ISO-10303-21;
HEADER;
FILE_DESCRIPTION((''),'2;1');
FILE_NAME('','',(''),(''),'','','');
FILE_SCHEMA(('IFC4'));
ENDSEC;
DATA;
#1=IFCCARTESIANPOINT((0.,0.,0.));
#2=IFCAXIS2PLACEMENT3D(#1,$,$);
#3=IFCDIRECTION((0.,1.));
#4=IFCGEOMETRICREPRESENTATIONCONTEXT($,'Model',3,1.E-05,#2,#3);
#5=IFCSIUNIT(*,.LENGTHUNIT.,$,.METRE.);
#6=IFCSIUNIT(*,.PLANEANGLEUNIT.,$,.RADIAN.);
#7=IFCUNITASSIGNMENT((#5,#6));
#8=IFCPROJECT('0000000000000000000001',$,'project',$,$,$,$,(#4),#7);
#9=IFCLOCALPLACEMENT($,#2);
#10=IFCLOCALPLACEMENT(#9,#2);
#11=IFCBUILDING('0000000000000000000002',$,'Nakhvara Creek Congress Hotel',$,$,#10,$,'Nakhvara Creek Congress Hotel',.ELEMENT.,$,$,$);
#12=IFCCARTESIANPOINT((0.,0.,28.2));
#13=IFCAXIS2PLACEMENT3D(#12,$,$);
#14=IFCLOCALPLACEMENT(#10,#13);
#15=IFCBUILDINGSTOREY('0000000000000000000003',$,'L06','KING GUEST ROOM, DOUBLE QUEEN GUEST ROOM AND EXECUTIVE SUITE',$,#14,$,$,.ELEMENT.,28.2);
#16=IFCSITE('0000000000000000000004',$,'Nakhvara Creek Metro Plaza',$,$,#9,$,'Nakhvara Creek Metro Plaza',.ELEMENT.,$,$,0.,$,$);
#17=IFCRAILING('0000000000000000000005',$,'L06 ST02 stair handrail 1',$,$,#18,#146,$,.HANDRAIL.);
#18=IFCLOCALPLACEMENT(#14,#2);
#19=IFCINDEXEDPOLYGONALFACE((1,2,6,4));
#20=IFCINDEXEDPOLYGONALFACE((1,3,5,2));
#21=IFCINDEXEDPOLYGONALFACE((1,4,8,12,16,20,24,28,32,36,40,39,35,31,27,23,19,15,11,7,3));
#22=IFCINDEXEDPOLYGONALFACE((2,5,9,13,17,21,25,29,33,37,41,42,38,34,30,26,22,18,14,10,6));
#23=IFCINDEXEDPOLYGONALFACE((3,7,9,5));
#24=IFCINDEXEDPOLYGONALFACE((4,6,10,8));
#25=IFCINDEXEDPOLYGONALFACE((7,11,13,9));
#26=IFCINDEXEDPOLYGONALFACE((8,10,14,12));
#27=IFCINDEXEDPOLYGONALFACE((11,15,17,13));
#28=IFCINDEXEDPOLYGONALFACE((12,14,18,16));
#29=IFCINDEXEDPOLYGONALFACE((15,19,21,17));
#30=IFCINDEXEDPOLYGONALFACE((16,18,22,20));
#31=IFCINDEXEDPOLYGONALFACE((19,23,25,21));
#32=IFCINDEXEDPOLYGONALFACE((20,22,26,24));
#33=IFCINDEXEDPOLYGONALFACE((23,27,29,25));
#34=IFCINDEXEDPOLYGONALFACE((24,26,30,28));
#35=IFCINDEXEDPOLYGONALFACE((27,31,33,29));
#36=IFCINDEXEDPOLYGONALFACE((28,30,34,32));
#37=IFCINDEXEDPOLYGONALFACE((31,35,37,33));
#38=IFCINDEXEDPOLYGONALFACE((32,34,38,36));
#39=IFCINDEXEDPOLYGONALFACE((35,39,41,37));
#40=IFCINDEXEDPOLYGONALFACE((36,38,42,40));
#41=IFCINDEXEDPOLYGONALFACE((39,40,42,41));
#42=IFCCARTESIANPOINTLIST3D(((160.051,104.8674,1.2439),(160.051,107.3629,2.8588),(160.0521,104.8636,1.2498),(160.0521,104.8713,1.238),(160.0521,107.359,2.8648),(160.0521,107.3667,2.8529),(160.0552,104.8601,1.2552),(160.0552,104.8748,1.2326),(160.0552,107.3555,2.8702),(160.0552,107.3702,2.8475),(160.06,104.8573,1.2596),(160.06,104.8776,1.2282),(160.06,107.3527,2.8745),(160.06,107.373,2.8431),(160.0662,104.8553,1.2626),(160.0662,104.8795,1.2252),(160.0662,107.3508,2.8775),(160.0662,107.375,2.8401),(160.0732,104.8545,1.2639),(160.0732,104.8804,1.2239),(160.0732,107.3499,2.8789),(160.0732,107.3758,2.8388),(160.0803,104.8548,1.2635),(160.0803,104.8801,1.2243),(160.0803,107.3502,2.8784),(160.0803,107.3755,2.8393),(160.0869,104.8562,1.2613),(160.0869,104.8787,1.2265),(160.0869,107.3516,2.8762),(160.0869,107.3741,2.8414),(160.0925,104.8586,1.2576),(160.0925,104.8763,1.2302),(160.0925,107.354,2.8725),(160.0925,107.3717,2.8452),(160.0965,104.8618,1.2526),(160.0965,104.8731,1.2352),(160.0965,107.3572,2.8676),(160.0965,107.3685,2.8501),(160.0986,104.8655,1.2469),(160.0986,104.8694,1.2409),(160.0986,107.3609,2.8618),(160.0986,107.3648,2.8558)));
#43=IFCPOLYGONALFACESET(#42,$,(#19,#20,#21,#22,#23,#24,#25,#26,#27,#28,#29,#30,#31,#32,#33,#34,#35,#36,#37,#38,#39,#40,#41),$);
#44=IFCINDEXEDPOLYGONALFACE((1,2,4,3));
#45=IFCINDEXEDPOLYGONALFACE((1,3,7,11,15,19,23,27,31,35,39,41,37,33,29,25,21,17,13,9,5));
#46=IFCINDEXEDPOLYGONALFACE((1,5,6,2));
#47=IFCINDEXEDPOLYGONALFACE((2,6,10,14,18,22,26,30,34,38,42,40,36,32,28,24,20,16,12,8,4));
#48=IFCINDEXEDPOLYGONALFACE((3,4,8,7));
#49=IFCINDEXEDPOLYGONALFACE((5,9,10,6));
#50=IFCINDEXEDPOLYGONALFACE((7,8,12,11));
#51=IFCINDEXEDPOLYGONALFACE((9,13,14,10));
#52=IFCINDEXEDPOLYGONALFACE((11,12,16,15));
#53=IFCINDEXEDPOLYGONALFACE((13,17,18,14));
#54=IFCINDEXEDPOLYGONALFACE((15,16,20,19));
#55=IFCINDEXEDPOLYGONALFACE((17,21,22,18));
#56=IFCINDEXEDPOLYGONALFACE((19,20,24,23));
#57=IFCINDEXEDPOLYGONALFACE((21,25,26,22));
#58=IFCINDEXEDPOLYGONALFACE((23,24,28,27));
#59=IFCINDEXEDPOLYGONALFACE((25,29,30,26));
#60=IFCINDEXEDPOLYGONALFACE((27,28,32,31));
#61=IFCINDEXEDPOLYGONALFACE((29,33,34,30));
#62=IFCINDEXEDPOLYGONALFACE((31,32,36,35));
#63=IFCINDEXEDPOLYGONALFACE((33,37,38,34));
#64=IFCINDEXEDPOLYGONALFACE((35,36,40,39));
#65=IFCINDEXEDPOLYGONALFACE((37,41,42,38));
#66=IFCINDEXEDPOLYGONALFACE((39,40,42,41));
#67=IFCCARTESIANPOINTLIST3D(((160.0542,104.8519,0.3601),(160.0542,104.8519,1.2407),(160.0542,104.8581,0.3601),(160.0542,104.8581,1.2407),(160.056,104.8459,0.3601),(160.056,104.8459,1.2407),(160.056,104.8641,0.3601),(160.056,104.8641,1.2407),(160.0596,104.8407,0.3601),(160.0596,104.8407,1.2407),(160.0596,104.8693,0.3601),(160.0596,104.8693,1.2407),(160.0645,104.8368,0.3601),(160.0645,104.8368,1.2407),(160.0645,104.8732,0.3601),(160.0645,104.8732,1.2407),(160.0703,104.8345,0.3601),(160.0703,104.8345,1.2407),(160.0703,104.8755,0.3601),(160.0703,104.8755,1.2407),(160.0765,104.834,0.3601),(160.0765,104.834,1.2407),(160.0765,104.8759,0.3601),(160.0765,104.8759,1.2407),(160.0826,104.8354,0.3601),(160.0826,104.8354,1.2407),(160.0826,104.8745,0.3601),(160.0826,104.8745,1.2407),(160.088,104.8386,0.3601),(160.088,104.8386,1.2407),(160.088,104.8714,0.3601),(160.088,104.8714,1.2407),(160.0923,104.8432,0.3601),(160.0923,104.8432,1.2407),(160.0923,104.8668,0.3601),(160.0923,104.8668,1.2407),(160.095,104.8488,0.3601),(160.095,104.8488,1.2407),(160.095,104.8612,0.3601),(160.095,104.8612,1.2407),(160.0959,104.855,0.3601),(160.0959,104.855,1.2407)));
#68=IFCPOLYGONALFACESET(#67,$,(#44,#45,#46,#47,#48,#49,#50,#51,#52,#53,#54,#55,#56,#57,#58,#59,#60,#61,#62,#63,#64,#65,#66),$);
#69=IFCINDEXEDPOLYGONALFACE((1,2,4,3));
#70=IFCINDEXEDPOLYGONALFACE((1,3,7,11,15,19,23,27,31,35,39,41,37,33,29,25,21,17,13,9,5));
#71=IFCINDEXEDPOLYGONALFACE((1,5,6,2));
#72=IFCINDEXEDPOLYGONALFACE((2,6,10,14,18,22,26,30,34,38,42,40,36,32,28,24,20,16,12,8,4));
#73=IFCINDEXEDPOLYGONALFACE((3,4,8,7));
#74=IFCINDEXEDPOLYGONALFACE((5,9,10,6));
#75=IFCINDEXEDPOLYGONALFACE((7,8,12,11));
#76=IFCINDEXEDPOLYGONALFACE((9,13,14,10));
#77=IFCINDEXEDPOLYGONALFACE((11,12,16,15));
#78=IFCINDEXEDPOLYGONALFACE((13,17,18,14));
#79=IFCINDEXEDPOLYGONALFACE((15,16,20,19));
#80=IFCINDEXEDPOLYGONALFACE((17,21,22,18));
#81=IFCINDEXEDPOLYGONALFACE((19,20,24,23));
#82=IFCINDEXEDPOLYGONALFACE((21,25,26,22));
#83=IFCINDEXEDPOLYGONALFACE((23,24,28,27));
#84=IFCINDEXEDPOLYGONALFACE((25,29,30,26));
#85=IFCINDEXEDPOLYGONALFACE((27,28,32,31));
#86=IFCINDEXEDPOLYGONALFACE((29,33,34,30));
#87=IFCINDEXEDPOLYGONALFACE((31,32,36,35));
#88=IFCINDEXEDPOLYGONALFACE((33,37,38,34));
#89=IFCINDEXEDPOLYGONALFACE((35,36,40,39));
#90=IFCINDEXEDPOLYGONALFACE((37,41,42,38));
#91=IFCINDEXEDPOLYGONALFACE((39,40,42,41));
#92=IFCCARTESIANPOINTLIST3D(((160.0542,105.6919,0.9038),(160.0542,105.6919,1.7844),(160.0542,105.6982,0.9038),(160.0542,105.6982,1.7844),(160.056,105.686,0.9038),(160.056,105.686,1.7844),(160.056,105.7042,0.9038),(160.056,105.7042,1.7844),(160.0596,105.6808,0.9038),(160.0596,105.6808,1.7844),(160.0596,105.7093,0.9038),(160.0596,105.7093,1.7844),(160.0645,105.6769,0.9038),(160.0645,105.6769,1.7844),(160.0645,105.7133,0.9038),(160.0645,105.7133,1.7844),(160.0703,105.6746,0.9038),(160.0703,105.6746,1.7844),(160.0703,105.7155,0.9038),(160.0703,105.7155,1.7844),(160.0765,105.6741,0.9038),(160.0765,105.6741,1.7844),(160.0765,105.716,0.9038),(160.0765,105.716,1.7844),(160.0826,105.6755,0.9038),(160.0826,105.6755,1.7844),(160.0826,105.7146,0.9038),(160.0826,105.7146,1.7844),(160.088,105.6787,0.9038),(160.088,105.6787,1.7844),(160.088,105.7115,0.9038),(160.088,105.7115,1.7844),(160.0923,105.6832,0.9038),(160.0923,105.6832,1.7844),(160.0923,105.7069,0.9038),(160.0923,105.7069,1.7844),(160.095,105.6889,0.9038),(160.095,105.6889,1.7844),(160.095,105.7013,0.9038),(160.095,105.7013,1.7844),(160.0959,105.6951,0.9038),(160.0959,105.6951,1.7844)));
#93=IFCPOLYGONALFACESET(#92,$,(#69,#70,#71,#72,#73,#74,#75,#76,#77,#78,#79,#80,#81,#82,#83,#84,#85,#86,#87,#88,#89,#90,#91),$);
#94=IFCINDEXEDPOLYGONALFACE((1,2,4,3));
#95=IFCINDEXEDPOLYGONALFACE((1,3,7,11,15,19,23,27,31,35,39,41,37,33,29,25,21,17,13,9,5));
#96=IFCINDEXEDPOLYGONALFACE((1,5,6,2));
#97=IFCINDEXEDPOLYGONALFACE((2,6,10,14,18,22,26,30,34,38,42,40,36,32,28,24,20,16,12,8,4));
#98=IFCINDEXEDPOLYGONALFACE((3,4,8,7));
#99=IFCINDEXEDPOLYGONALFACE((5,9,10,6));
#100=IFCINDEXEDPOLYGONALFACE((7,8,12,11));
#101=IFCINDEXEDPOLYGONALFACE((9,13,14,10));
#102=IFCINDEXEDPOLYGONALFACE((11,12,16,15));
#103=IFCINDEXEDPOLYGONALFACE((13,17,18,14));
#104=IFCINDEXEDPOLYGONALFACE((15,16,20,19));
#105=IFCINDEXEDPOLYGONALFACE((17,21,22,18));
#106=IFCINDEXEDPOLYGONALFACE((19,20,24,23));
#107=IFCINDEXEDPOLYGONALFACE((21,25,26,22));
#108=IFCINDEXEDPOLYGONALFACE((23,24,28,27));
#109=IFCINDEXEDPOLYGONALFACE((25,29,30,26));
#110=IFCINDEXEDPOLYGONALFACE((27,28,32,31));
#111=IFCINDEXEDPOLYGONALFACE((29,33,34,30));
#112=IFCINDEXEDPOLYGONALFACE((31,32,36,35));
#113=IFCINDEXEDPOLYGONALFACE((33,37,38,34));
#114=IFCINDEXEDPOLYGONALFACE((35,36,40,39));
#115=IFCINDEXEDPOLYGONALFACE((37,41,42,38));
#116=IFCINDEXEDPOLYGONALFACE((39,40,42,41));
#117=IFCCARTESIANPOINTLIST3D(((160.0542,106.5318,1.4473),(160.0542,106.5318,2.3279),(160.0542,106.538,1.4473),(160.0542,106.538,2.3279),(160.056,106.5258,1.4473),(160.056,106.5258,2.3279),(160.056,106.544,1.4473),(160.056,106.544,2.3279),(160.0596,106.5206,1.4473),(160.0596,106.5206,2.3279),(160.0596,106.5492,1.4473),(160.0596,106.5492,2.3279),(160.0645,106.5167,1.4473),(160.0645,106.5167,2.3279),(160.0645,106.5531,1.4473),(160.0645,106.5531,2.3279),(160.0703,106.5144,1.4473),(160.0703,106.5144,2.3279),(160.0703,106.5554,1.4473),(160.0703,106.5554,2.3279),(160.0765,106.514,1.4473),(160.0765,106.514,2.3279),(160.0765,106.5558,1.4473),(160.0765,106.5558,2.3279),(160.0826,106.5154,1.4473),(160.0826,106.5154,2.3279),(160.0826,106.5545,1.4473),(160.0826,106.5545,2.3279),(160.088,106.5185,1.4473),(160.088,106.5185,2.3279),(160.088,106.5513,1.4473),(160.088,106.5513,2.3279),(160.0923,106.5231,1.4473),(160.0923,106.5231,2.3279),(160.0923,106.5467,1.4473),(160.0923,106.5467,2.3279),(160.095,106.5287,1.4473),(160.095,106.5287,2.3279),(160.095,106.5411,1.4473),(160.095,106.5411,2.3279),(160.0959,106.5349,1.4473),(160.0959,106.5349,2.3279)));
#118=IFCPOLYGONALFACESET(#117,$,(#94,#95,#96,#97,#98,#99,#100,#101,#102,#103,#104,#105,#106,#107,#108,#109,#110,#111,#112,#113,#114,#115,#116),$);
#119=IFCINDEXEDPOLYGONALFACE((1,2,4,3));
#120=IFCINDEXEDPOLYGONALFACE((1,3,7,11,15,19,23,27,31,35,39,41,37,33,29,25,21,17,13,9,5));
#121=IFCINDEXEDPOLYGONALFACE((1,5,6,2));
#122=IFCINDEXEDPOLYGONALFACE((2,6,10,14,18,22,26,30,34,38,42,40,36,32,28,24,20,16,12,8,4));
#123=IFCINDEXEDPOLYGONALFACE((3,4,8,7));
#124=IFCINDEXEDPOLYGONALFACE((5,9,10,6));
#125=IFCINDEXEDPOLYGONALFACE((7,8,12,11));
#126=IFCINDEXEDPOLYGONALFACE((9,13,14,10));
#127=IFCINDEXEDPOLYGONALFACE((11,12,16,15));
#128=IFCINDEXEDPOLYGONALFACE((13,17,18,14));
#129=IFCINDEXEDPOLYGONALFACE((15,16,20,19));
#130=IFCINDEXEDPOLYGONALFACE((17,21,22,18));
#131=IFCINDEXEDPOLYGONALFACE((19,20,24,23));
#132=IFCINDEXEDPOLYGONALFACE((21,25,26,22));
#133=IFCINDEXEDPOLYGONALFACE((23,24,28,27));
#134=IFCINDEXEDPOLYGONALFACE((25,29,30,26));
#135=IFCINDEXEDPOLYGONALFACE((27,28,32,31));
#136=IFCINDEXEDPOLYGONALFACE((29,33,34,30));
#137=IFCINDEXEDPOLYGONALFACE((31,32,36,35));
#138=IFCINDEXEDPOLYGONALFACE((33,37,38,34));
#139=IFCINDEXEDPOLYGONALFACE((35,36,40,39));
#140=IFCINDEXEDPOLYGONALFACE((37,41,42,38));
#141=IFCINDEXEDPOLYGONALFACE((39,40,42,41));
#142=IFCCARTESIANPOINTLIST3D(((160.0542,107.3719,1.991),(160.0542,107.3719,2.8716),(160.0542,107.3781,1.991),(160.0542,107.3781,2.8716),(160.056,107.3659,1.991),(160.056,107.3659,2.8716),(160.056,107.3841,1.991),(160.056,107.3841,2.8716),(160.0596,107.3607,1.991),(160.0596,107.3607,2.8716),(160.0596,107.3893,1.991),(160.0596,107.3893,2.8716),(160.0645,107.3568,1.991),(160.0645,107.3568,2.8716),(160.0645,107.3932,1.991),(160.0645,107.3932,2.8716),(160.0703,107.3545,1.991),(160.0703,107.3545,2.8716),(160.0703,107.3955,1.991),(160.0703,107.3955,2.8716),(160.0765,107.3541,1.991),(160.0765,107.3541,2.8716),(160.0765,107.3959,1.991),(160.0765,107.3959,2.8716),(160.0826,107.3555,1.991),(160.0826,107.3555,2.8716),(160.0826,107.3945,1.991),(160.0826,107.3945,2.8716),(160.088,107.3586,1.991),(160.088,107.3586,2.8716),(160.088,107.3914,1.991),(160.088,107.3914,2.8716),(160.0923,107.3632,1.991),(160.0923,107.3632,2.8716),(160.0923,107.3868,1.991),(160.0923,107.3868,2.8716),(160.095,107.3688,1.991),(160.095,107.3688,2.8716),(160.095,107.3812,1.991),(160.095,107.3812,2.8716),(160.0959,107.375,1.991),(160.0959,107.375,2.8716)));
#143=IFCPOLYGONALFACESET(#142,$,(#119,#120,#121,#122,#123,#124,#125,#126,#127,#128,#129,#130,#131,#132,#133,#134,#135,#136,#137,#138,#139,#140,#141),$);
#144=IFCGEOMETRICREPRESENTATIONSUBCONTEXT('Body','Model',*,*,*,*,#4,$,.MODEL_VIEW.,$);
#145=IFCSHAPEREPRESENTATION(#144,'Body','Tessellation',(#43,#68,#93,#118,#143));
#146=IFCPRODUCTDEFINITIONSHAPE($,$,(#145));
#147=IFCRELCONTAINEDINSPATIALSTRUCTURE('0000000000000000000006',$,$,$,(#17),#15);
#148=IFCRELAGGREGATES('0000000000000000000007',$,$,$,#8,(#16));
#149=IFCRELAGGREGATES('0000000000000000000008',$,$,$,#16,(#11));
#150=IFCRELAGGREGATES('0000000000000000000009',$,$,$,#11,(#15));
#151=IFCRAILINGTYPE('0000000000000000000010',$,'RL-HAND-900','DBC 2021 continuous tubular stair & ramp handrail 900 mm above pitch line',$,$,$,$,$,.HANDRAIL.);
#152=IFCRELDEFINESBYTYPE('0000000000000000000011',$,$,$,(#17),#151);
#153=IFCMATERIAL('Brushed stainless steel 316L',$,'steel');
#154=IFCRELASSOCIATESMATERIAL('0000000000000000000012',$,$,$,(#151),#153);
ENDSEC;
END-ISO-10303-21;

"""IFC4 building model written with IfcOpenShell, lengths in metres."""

from ifc_helpers import new_model, si_unit, direction, frame, origin, origin_2d, place, context, subcontext, project, spatial, circle, extrude, material, type_object, element, save


model = new_model("IFC4")

# Units and contexts
model_context = context("Model", 3, precision=1e-05, world=origin(), true_north=direction((0.0, 1.0)))
body_context = subcontext(model_context, "Body", "Model", "MODEL_VIEW")
ifc_project = project(units=[si_unit("LENGTHUNIT", "METRE"), si_unit("PLANEANGLEUNIT", "RADIAN")], contexts=[model_context])

# Site, building, storey
site_placement = place(None, origin())
site = spatial("IfcSite", under=ifc_project, at=site_placement, Name="Nakhvara Creek Metro Plaza", LongName="Nakhvara Creek Metro Plaza", CompositionType="ELEMENT", RefElevation=0.0)
building_placement = place(site_placement, origin())
building = spatial("IfcBuilding", under=site, at=building_placement, Name="Nakhvara Creek Congress Hotel", LongName="Nakhvara Creek Congress Hotel", CompositionType="ELEMENT")
storey_placement = place(building_placement, frame((0.0, 0.0, 28.2)))
storey = spatial("IfcBuildingStorey", under=building, at=storey_placement, Name="L06", Description="KING GUEST ROOM, DOUBLE QUEEN GUEST ROOM AND EXECUTIVE SUITE", CompositionType="ELEMENT", Elevation=28.2)

# Railing
ifc_material_1 = material(Name="Brushed stainless steel 316L", Category="steel")
railing_type_1 = type_object("IfcRailingType", Name="RL-HAND-900", Description="DBC 2021 continuous tubular stair & ramp handrail 900 mm above pitch line", PredefinedType="HANDRAIL", material=ifc_material_1)
railing_1_placement = place(storey_placement, frame((160.075, 104.855, 0.3601)))
element("IfcRailing", 1, at=railing_1_placement, inside=storey, type_object=railing_type_1, Name="L06 ST02 stair handrail 1", PredefinedType="HANDRAIL", context=body_context, shape_type="SweptSolid", body=[
    extrude(circle(Radius=0.0239, at=origin_2d()), frame((0.0, 0.0125, 0.8838), z_axis=(0.0, 0.839531, 0.543312), x_axis=(-1.0, 0.0, 0.0)), (0.0, 0.0, 1.0), 2.9724),
    extrude(circle(Radius=0.021, at=origin_2d()), origin(), (0.0, 0.0, 1.0), 0.8806),
    extrude(circle(Radius=0.021, at=origin_2d()), frame((0.0, 0.8401, 0.5437)), (0.0, 0.0, 1.0), 0.8806),
    extrude(circle(Radius=0.021, at=origin_2d()), frame((0.0, 1.6799, 1.0872)), (0.0, 0.0, 1.0), 0.8806),
    extrude(circle(Radius=0.021, at=origin_2d()), frame((0.0, 2.52, 1.6309)), (0.0, 0.0, 1.0), 0.8806),
])

save(model, "model.ifc")
